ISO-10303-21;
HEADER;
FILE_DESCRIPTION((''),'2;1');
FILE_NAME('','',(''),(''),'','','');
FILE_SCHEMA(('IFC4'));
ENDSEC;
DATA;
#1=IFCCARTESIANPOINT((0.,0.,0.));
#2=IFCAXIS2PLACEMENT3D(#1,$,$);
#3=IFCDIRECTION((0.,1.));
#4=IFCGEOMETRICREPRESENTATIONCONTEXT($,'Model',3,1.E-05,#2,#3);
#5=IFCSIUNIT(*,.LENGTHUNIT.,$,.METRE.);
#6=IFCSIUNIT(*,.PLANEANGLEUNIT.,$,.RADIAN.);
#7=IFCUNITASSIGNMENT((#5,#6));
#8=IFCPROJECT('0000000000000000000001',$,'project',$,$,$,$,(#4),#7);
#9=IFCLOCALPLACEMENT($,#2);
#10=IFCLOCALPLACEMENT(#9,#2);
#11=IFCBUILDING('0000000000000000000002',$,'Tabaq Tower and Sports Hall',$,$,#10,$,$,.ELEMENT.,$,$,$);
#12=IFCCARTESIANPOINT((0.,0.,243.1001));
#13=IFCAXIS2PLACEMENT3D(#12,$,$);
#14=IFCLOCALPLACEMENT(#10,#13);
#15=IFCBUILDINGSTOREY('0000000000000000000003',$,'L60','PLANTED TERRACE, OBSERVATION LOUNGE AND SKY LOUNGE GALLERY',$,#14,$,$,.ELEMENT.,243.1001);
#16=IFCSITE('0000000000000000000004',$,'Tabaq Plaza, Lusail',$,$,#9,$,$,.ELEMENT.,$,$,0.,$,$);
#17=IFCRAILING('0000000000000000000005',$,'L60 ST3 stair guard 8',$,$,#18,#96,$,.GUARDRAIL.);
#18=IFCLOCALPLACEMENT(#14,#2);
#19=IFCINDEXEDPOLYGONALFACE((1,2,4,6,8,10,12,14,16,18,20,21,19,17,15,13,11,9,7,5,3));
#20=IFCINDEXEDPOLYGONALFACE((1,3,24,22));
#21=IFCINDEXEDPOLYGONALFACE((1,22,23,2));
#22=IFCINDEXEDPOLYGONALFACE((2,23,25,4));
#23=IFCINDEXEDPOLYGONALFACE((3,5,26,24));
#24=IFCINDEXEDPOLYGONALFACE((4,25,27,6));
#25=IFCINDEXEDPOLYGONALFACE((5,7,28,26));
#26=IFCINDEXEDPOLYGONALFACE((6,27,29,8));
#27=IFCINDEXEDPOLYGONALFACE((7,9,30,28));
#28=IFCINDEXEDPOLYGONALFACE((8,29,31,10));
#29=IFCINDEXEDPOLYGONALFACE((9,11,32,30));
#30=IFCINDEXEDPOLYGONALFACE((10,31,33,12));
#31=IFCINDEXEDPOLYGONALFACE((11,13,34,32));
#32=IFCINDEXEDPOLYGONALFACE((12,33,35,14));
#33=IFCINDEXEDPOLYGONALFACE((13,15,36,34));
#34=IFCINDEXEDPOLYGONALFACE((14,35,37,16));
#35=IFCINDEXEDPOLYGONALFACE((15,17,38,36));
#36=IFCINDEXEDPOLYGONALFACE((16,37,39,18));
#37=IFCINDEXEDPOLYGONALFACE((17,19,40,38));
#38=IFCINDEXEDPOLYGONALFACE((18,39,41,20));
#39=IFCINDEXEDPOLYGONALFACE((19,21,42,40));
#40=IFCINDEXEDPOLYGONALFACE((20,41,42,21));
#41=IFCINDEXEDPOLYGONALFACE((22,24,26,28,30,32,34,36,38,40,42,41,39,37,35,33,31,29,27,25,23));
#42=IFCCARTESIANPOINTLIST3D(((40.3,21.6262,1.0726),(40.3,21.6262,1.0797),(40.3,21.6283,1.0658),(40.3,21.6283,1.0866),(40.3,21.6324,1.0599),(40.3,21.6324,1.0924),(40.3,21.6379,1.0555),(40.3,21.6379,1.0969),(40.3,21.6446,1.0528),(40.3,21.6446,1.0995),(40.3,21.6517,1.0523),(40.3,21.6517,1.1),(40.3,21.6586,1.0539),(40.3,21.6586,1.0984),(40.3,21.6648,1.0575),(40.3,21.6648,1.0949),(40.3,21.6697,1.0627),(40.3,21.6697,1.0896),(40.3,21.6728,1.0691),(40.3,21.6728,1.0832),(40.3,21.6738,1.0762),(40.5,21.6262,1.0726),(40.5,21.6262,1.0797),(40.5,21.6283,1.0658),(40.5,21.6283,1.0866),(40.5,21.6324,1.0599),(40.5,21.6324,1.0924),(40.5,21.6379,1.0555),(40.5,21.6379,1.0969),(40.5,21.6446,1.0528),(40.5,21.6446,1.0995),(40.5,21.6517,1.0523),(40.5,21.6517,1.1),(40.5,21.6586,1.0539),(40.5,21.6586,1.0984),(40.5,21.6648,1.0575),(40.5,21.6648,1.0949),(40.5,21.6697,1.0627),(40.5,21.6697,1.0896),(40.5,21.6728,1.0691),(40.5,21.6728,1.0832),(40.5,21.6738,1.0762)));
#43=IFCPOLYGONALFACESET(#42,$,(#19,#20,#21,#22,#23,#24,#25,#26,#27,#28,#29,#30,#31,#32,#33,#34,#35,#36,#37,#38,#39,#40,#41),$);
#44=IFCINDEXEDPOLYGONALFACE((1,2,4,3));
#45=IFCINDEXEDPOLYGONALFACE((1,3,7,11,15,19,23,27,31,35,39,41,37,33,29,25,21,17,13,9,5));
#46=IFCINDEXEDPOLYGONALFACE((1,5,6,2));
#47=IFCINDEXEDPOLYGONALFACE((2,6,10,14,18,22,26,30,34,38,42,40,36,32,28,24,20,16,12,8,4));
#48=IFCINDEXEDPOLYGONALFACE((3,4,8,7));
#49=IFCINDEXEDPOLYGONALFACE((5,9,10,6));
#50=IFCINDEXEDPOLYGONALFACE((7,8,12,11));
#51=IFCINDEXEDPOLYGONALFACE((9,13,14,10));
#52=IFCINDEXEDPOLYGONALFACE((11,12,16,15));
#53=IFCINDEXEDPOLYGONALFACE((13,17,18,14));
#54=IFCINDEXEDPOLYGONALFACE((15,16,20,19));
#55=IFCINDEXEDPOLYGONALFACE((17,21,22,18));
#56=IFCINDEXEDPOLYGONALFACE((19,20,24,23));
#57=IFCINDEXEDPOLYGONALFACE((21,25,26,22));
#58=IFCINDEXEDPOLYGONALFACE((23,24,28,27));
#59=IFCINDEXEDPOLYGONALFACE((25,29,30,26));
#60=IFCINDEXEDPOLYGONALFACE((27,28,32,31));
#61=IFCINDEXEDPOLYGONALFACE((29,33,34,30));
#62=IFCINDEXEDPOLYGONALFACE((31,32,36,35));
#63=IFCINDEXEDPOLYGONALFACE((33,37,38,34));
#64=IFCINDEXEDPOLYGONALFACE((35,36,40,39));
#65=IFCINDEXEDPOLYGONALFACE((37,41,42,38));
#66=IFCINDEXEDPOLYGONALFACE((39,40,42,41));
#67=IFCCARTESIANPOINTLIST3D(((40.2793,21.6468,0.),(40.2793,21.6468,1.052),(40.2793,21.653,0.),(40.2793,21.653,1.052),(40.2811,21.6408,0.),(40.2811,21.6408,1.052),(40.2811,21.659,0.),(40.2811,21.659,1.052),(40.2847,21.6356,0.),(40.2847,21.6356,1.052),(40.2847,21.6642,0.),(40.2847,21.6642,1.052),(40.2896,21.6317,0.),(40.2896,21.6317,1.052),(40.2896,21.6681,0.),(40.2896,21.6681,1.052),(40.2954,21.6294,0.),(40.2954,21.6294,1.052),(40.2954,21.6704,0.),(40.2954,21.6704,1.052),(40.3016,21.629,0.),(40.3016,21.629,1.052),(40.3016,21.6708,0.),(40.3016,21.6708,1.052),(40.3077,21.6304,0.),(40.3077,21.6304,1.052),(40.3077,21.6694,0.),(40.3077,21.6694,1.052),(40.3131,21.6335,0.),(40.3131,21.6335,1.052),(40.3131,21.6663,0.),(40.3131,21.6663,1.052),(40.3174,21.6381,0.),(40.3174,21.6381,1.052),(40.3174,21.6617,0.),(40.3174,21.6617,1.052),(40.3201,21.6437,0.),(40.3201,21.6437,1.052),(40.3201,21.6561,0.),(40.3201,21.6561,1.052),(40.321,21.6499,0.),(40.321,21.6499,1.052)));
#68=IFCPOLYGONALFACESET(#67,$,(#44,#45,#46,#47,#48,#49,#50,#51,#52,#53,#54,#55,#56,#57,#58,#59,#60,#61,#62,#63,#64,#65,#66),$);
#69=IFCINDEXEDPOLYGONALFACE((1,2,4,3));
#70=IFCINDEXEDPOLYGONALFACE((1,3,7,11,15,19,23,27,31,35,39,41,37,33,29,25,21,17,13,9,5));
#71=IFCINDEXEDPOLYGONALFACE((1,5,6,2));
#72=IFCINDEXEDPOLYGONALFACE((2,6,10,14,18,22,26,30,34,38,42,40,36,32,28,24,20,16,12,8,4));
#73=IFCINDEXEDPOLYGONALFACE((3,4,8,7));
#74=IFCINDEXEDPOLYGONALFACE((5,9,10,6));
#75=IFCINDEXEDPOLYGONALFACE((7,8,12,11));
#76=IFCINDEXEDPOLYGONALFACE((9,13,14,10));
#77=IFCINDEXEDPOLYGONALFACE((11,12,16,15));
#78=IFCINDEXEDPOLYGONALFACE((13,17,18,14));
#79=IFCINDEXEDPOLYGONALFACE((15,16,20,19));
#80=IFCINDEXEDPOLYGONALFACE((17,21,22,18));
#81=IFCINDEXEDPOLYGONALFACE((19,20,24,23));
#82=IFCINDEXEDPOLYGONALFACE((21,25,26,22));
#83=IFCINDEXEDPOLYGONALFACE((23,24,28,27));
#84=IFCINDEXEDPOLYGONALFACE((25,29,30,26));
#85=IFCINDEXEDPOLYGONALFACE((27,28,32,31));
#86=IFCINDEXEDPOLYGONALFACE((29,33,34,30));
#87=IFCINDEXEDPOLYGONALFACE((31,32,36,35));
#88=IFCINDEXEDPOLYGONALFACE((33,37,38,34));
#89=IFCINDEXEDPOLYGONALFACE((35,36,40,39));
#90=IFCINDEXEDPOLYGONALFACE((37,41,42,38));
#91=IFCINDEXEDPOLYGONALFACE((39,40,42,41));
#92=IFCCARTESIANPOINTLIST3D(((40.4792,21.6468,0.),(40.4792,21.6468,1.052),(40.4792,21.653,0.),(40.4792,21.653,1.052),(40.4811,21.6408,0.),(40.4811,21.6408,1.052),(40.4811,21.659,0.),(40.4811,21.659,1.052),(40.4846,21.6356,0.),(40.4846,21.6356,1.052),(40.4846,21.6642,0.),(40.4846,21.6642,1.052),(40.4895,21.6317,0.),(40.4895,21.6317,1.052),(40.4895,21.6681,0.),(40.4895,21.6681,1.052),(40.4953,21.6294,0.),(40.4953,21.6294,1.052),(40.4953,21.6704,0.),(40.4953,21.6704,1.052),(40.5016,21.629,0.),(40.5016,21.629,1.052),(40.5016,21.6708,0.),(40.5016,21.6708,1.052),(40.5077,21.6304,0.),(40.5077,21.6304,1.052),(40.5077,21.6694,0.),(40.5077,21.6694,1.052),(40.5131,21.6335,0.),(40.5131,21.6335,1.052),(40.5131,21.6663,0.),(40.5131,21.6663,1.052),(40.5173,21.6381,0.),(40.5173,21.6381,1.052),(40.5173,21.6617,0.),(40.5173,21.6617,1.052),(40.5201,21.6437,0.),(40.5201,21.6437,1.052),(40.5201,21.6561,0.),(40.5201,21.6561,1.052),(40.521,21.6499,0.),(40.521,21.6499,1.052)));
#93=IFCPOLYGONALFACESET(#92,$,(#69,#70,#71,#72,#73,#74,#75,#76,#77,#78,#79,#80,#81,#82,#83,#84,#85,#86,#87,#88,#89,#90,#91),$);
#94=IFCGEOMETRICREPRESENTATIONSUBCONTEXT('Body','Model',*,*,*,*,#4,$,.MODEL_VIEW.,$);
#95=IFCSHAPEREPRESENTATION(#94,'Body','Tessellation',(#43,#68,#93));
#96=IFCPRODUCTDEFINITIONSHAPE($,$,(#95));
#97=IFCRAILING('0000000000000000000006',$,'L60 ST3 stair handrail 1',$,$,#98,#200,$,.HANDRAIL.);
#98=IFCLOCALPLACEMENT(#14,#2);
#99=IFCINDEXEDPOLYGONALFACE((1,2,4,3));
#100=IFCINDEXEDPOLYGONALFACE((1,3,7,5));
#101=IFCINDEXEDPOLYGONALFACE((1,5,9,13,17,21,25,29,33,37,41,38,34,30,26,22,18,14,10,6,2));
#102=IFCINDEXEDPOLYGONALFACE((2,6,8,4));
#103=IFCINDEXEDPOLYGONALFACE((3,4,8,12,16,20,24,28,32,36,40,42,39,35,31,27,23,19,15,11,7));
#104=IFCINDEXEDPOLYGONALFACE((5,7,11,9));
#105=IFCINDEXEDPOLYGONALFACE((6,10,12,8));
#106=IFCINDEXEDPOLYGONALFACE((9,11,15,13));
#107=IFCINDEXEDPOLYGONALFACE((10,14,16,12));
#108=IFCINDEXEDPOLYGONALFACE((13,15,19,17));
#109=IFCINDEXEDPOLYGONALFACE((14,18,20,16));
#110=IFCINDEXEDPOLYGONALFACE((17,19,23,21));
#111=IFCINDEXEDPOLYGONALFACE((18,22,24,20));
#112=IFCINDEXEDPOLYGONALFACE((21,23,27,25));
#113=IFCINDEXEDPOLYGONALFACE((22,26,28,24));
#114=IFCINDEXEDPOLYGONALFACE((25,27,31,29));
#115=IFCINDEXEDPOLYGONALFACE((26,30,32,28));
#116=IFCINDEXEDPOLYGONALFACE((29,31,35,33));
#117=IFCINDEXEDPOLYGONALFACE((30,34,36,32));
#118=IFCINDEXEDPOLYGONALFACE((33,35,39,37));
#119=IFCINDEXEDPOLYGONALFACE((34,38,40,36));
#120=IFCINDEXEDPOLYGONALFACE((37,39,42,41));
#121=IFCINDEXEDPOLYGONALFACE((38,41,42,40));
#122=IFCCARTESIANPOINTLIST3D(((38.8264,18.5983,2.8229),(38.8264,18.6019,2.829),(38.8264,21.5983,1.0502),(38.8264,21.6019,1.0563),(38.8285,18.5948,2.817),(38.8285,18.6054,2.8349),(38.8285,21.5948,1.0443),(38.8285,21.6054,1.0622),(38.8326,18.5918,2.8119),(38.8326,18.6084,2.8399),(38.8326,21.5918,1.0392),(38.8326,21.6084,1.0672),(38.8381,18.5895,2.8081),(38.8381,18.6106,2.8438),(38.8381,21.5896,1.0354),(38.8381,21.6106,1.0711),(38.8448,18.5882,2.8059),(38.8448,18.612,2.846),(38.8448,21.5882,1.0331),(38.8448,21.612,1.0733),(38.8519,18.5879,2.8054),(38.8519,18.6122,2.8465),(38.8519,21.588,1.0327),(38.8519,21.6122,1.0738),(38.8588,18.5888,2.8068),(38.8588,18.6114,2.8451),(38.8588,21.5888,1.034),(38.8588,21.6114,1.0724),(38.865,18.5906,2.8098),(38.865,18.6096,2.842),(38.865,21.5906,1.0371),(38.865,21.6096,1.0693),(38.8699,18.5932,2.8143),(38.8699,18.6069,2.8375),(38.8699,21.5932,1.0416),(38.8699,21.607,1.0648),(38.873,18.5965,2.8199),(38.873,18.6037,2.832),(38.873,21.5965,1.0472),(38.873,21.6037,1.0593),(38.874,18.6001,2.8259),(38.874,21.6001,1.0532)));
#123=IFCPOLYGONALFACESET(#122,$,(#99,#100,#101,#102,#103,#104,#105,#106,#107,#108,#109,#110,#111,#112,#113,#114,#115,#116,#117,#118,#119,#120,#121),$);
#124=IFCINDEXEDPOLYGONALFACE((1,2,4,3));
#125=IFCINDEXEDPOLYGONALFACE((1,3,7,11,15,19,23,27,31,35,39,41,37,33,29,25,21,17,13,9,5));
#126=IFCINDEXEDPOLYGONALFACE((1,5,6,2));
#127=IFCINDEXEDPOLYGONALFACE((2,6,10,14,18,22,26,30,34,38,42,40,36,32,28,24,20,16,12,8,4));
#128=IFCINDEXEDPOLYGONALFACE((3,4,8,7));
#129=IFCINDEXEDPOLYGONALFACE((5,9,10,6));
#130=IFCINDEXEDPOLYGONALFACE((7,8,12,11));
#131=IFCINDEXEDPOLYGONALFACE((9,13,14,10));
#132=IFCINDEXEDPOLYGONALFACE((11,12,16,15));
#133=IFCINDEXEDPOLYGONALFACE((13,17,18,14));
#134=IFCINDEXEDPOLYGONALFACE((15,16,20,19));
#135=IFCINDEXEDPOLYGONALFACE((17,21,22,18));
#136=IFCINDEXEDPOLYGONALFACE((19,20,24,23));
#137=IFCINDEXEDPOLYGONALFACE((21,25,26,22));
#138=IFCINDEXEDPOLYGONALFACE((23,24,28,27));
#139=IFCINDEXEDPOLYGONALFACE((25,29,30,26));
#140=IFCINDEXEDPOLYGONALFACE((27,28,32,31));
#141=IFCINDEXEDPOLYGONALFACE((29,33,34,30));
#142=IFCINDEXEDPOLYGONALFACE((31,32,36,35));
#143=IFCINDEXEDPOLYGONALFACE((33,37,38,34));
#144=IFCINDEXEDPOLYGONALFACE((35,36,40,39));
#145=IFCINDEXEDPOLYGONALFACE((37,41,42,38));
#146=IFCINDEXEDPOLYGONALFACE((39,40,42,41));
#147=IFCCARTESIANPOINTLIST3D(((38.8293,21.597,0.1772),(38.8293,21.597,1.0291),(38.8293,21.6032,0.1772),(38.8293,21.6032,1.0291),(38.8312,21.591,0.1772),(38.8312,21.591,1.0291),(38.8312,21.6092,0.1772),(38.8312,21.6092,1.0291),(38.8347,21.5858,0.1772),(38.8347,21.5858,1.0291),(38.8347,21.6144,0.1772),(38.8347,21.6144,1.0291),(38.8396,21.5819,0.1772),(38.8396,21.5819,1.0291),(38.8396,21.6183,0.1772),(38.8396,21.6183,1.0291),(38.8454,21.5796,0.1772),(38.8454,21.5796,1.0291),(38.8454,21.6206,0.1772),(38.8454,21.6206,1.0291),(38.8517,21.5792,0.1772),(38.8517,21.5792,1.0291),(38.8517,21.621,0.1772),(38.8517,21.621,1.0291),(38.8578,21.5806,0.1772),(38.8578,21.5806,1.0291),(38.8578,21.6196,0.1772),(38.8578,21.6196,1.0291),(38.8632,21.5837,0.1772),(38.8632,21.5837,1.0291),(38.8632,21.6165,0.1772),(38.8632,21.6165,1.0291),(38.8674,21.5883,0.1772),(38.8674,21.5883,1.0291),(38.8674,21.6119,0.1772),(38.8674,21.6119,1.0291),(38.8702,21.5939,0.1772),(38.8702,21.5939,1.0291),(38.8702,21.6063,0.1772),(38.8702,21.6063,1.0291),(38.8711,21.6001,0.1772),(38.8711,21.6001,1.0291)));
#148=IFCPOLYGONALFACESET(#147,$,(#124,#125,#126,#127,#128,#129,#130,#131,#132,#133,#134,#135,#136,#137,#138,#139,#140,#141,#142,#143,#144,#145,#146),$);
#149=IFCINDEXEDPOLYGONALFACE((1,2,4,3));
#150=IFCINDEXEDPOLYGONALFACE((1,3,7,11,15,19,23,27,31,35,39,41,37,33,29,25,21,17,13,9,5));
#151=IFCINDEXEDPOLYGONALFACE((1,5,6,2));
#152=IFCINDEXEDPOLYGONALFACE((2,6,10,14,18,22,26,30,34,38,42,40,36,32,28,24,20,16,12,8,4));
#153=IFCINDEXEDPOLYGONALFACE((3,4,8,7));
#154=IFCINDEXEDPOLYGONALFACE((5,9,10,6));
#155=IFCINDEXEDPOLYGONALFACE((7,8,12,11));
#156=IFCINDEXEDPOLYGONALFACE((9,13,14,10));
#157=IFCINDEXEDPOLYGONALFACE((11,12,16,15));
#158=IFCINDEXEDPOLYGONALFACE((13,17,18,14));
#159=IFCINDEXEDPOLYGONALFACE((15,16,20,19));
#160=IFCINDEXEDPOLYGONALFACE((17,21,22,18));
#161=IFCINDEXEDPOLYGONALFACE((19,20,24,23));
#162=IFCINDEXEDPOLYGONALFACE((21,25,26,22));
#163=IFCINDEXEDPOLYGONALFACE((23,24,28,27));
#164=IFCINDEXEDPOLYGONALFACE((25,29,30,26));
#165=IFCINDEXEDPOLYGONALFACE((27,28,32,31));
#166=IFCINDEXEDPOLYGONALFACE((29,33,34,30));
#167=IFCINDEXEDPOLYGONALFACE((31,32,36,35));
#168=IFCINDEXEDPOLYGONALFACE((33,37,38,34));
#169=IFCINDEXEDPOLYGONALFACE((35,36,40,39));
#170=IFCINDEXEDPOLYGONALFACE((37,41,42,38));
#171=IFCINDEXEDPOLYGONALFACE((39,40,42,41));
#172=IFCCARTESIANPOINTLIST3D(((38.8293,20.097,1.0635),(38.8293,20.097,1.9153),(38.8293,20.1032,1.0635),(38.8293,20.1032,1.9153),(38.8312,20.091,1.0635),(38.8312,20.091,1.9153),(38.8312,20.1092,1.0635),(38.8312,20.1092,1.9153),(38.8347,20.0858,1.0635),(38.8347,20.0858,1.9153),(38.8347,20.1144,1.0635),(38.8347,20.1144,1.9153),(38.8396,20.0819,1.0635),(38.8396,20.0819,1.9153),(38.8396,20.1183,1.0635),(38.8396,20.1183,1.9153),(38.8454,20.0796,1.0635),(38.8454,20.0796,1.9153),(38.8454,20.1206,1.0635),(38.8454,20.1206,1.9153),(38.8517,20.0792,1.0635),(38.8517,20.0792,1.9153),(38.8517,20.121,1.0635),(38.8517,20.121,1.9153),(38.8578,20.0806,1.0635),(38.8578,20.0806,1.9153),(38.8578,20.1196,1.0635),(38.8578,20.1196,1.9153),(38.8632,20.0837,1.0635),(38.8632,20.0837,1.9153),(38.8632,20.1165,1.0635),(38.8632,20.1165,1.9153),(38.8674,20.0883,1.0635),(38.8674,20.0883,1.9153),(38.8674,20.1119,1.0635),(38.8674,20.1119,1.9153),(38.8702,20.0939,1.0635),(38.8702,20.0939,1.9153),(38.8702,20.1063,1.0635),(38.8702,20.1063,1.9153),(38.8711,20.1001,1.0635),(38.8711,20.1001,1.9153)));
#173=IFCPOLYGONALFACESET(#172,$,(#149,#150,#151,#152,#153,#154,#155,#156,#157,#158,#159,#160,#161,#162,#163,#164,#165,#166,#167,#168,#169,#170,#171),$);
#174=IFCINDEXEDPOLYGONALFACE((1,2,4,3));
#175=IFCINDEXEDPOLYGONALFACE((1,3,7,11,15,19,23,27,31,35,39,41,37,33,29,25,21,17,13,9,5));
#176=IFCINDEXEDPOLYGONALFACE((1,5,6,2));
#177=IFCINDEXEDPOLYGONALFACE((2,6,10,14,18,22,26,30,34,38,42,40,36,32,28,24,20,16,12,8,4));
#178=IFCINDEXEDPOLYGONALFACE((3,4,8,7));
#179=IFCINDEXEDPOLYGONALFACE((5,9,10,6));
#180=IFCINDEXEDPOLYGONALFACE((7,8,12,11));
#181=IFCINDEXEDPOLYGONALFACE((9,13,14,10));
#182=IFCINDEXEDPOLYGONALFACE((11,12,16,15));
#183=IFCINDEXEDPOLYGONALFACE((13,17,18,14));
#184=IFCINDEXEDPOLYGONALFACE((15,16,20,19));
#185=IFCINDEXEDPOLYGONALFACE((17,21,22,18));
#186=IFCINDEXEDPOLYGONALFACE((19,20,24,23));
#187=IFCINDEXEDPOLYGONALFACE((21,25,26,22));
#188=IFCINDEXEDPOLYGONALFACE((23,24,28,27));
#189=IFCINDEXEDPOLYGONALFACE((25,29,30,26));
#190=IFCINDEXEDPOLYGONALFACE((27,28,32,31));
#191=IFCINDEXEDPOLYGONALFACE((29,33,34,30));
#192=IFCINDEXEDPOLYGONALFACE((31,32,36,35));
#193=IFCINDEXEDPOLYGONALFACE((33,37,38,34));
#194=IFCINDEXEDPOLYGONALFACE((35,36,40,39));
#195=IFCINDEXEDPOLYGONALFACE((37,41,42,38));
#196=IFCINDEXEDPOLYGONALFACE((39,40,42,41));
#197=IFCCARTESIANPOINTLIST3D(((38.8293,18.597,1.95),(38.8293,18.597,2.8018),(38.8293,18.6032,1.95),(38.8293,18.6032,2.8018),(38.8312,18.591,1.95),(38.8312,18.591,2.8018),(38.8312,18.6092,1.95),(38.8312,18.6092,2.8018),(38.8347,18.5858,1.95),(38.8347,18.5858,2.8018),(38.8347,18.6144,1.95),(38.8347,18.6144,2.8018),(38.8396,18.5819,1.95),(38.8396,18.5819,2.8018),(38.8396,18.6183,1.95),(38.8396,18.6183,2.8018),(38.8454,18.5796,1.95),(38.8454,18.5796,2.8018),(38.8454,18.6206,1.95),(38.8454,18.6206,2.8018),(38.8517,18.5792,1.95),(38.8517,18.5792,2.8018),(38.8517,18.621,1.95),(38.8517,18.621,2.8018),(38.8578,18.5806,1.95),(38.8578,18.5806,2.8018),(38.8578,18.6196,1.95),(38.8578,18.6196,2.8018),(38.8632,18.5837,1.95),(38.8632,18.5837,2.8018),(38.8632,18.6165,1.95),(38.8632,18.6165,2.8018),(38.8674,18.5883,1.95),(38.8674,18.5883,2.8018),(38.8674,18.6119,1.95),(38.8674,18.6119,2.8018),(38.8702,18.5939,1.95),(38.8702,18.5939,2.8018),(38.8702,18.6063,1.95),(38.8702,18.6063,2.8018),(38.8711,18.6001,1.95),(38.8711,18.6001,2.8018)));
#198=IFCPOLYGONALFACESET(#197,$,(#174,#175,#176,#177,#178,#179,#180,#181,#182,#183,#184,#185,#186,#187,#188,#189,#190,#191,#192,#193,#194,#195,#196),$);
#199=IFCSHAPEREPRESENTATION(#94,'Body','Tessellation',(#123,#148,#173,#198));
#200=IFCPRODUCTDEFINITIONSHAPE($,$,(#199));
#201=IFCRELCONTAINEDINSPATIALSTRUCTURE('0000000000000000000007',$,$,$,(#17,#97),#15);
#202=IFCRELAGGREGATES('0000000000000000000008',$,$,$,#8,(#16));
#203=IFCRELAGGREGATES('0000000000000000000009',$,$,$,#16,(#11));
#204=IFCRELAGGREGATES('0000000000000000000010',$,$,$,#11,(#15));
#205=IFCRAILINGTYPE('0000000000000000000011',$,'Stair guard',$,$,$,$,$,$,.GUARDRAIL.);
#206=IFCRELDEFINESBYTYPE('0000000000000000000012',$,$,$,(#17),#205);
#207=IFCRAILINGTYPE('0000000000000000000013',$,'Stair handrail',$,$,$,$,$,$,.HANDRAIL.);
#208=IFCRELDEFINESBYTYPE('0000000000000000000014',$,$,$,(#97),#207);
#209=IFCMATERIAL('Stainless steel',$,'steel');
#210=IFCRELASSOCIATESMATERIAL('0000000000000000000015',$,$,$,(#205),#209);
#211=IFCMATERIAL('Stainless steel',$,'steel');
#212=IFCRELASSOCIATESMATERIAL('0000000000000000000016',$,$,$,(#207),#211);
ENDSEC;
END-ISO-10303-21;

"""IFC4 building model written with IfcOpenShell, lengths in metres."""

from ifc_helpers import new_model, si_unit, direction, frame, origin, origin_2d, place, context, subcontext, project, spatial, circle, extrude, material, type_object, element, save


model = new_model("IFC4")

# Units and contexts
model_context = context("Model", 3, precision=1e-05, world=origin(), true_north=direction((0.0, 1.0)))
body_context = subcontext(model_context, "Body", "Model", "MODEL_VIEW")
ifc_project = project(units=[si_unit("LENGTHUNIT", "METRE"), si_unit("PLANEANGLEUNIT", "RADIAN")], contexts=[model_context])

# Site, building, storey
site_placement = place(None, origin())
site = spatial("IfcSite", under=ifc_project, at=site_placement, Name="Tabaq Plaza, Lusail", CompositionType="ELEMENT", RefElevation=0.0)
building_placement = place(site_placement, origin())
building = spatial("IfcBuilding", under=site, at=building_placement, Name="Tabaq Tower and Sports Hall", CompositionType="ELEMENT")
storey_placement = place(building_placement, frame((0.0, 0.0, 243.1001)))
storey = spatial("IfcBuildingStorey", under=building, at=storey_placement, Name="L60", Description="PLANTED TERRACE, OBSERVATION LOUNGE AND SKY LOUNGE GALLERY", CompositionType="ELEMENT", Elevation=243.1001)

# Railings
ifc_material_1 = material(Name="Stainless steel", Category="steel")
railing_type_1 = type_object("IfcRailingType", Name="Stair guard", PredefinedType="GUARDRAIL", material=ifc_material_1)
railing_1_placement = place(storey_placement, frame((40.3, 21.6499, 0.0)))
element("IfcRailing", 1, at=railing_1_placement, inside=storey, type_object=railing_type_1, Name="L60 ST3 stair guard 8", PredefinedType="GUARDRAIL", context=body_context, shape_type="SweptSolid", body=[
    extrude(circle(Radius=0.0239, at=origin_2d()), frame((0.0, 0.0, 1.0762), z_axis=(1.0, 0.0, 0.0), x_axis=(0.0, 1.0, 0.0)), (0.0, 0.0, 1.0), 0.2),
    extrude(circle(Radius=0.021, at=origin_2d()), origin(), (0.0, 0.0, 1.0), 1.052),
    extrude(circle(Radius=0.021, at=origin_2d()), frame((0.2, 0.0, 0.0)), (0.0, 0.0, 1.0), 1.052),
])
ifc_material_2 = material(Name="Stainless steel", Category="steel")
railing_type_2 = type_object("IfcRailingType", Name="Stair handrail", PredefinedType="HANDRAIL", material=ifc_material_2)
for number, where, name in (
    (2, (38.8501, 21.6001, 0.1772), "L60 ST3 stair handrail 1"),
):
    element("IfcRailing", number, at=place(storey_placement, frame(where)), inside=storey, type_object=railing_type_2, Name=name, PredefinedType="HANDRAIL", context=body_context, shape_type="SweptSolid", body=[
        extrude(circle(Radius=0.0239, at=origin_2d()), frame((0.0, 0.0, 0.876), z_axis=(0.0, -0.860929, 0.508725), x_axis=(1.0, 0.0, 0.0)), (0.0, 0.0, 1.0), 3.4846),
        extrude(circle(Radius=0.021, at=origin_2d()), origin(), (0.0, 0.0, 1.0), 0.8518),
        extrude(circle(Radius=0.021, at=origin_2d()), frame((0.0, -1.5, 0.8862)), (0.0, 0.0, 1.0), 0.8518),
        extrude(circle(Radius=0.021, at=origin_2d()), frame((0.0, -3.0, 1.7727)), (0.0, 0.0, 1.0), 0.8518),
    ])

save(model, "model.ifc")
